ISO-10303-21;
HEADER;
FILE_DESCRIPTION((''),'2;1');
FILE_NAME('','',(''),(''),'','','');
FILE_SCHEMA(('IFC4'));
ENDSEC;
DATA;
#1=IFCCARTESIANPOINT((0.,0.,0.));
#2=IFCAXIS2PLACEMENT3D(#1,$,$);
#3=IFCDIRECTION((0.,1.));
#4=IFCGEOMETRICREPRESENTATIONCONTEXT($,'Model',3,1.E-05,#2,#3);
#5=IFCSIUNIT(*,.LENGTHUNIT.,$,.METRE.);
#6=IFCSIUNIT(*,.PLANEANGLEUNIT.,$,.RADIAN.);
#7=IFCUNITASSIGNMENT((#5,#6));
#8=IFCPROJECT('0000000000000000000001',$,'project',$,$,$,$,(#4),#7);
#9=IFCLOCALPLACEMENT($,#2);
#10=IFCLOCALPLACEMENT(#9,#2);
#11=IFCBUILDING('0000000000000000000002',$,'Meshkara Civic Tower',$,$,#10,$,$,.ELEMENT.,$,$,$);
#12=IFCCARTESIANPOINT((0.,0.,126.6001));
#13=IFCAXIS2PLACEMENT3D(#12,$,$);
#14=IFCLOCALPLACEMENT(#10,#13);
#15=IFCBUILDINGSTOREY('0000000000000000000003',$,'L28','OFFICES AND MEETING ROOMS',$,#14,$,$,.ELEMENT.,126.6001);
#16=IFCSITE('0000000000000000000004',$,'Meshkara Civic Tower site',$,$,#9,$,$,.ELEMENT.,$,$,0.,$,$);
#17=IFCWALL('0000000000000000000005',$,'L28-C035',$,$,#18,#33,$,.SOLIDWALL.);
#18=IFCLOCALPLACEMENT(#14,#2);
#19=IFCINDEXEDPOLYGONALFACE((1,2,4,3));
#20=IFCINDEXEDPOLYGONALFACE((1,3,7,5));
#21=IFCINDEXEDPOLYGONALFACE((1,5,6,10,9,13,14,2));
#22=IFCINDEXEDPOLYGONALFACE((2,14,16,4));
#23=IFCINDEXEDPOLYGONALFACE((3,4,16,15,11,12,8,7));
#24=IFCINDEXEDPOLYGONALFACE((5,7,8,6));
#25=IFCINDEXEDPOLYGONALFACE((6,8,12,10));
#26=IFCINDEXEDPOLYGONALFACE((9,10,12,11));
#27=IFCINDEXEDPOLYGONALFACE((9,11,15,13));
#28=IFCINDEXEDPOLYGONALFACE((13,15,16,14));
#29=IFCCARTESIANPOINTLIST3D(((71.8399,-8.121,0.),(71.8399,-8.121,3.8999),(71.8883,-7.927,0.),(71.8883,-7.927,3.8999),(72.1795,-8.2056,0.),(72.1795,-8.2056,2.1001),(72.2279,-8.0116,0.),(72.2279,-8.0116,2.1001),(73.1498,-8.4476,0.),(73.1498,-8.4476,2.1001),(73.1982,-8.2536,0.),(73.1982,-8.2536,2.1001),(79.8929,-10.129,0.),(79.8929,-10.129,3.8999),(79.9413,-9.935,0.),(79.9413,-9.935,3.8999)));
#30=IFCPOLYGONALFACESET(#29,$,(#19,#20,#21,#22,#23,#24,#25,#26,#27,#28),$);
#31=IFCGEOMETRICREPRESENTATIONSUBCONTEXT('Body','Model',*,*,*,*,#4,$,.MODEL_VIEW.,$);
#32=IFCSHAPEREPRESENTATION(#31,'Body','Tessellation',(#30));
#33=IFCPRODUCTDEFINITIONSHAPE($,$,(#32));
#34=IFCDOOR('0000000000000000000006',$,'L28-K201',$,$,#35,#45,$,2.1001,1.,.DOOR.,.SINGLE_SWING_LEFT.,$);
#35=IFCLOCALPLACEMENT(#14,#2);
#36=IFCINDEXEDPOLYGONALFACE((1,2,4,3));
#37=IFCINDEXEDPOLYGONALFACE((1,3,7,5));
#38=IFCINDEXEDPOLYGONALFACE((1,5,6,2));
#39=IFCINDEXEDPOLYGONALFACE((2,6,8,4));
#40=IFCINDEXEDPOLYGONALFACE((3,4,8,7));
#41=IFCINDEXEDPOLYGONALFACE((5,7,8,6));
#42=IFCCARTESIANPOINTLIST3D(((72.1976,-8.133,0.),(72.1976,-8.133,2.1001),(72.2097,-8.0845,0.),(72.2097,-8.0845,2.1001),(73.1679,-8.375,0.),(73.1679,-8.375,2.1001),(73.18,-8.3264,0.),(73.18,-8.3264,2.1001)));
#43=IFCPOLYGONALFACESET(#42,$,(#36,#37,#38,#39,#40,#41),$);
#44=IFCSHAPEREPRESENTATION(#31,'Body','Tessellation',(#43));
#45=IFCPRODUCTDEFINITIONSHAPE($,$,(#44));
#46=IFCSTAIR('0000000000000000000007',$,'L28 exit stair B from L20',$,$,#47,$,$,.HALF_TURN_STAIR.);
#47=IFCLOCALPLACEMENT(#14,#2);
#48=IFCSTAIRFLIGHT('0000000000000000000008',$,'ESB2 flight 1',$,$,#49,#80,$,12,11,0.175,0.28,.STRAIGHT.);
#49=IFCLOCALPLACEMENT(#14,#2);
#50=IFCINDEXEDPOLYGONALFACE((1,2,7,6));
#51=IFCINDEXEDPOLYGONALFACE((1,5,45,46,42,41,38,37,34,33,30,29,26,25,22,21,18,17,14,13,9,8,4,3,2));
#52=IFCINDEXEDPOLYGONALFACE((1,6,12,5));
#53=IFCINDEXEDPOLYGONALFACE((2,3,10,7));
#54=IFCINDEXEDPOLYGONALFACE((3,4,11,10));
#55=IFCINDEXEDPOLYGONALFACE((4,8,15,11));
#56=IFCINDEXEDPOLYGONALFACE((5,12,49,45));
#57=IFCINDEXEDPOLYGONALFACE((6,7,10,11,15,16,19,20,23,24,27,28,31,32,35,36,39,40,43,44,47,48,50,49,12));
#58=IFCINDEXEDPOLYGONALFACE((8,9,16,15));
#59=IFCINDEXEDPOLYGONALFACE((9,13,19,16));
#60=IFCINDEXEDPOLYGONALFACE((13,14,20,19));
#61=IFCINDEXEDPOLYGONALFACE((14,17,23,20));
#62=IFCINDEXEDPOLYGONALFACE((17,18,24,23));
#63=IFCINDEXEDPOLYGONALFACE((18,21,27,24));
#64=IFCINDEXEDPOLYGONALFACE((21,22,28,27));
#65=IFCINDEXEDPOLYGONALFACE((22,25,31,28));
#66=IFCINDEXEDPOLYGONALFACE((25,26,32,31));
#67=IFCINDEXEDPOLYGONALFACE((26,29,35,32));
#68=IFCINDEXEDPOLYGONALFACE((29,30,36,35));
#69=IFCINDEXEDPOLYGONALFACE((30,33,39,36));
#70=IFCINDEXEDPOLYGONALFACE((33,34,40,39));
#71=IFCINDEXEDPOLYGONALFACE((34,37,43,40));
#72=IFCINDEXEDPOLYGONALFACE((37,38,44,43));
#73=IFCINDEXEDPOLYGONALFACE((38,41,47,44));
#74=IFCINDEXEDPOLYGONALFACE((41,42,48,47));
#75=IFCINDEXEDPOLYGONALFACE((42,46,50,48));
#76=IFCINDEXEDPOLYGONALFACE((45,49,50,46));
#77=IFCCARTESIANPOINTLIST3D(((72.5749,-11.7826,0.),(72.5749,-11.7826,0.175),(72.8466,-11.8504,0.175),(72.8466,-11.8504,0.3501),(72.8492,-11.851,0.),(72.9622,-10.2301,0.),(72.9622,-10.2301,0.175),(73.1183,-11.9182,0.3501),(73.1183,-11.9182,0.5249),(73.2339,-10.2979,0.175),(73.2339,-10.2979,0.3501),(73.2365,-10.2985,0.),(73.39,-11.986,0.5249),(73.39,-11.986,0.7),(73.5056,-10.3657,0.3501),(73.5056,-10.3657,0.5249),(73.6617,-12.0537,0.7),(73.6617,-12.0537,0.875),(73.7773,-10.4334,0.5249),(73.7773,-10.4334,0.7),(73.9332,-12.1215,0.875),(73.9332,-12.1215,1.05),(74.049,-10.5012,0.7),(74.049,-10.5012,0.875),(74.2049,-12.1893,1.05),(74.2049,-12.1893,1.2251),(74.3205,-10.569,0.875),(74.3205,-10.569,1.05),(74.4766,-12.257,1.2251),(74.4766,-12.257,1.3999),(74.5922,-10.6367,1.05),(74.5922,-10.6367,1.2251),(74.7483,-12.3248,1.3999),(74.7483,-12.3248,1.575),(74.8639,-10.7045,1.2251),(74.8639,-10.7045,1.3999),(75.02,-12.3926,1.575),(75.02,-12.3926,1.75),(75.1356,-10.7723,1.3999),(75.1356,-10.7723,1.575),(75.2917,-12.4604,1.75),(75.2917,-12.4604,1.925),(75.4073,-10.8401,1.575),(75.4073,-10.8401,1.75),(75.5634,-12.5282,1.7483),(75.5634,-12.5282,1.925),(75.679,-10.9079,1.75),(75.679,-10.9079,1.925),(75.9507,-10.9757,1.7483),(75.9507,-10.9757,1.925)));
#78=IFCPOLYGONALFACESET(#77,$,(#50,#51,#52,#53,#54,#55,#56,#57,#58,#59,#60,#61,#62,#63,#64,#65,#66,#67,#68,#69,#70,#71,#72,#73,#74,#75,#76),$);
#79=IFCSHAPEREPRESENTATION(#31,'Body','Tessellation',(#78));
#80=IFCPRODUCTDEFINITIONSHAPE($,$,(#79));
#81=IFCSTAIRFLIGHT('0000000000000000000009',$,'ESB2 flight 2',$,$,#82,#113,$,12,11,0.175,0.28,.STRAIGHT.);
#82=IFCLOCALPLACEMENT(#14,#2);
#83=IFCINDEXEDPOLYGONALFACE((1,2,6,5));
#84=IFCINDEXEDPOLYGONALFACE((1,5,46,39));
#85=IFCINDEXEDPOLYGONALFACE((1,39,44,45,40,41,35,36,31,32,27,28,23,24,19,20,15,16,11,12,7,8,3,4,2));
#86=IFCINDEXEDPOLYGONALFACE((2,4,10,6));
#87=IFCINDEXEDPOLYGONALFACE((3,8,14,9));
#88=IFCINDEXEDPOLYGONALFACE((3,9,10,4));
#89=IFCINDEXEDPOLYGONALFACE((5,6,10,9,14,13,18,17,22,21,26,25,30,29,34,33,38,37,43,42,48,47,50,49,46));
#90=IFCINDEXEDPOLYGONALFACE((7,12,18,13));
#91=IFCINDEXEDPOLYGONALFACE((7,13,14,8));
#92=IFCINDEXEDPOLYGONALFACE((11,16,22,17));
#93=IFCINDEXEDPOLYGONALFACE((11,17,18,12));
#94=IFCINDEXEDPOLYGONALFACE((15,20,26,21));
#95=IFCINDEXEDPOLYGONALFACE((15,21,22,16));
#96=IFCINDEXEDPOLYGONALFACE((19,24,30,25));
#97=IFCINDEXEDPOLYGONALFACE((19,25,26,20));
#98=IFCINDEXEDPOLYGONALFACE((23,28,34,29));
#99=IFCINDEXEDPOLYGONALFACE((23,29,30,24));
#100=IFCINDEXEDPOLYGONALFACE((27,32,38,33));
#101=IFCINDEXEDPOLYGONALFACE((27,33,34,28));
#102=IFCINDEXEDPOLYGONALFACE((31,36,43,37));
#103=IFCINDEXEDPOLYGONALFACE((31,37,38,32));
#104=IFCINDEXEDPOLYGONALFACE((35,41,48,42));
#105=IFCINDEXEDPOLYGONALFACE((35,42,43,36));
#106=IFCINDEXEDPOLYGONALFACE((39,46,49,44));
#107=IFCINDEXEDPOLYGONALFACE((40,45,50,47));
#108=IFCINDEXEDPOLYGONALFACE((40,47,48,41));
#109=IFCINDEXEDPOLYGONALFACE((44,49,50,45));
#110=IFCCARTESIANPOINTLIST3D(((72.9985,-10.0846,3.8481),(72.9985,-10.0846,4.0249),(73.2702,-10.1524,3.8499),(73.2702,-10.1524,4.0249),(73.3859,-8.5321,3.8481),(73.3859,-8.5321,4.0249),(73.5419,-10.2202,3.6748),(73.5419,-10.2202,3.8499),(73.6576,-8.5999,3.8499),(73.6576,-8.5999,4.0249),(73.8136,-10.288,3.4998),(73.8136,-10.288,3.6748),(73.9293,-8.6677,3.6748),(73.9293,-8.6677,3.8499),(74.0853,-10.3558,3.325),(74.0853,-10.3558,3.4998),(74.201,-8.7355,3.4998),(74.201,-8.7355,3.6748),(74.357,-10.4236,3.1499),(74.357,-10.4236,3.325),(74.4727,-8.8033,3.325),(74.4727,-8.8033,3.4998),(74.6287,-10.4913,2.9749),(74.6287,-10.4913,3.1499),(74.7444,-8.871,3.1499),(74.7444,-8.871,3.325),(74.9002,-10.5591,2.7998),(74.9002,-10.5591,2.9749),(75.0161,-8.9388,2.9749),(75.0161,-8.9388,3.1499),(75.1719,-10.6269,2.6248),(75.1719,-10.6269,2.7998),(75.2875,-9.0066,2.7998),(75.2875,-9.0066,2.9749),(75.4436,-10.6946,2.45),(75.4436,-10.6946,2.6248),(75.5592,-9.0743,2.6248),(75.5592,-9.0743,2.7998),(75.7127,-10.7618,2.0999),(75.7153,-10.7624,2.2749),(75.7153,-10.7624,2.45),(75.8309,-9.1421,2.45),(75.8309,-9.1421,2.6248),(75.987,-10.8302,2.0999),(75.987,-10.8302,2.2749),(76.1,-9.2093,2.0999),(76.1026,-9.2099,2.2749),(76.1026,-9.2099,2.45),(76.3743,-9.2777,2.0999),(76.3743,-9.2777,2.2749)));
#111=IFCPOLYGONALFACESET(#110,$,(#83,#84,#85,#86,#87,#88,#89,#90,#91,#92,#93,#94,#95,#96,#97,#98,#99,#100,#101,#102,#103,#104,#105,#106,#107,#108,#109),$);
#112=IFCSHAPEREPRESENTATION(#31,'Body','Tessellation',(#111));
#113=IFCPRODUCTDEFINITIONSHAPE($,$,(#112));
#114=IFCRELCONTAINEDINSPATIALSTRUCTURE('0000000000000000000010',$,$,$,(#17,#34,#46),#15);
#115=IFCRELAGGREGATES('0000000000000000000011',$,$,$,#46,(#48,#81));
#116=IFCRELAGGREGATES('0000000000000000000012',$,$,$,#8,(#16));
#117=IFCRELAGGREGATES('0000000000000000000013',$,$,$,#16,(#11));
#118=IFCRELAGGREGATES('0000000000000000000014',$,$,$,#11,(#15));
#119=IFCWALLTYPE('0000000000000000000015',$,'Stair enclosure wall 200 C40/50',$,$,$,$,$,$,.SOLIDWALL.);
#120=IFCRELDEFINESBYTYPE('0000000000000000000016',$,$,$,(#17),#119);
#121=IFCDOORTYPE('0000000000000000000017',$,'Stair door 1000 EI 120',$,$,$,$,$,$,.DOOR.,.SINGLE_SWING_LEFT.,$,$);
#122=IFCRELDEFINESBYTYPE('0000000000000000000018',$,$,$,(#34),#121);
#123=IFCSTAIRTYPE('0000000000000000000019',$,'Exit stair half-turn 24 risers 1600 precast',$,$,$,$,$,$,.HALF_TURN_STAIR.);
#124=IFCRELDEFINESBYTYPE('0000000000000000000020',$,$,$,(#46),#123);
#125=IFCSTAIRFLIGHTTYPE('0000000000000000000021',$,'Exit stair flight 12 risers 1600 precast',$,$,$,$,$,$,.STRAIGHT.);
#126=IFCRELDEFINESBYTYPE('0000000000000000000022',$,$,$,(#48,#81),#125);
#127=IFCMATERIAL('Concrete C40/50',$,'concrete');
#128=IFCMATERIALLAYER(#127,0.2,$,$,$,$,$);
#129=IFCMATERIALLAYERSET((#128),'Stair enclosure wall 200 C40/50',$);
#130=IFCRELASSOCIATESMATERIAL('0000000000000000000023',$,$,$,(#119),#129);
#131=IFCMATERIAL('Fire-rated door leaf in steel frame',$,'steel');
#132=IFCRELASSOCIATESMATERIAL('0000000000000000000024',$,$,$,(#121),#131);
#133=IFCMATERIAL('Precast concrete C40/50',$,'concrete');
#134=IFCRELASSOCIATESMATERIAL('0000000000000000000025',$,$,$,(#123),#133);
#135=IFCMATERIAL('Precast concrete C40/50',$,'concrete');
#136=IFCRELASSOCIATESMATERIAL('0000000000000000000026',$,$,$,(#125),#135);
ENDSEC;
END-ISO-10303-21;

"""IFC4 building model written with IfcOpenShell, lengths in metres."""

from ifc_helpers import new_model, si_unit, direction, frame, frame_2d, origin, place, context, subcontext, project, spatial, polyline, rectangle, outline, extrude, material, layer, layer_set, type_object, element, fill, aggregate, save


model = new_model("IFC4")

# Units and contexts
model_context = context("Model", 3, precision=1e-05, world=origin(), true_north=direction((0.0, 1.0)))
body_context = subcontext(model_context, "Body", "Model", "MODEL_VIEW")
ifc_project = project(units=[si_unit("LENGTHUNIT", "METRE"), si_unit("PLANEANGLEUNIT", "RADIAN")], contexts=[model_context])

# Site, building, storey
site_placement = place(None, origin())
site = spatial("IfcSite", under=ifc_project, at=site_placement, Name="Meshkara Civic Tower site", CompositionType="ELEMENT", RefElevation=0.0)
building_placement = place(site_placement, origin())
building = spatial("IfcBuilding", under=site, at=building_placement, Name="Meshkara Civic Tower", CompositionType="ELEMENT")
storey_placement = place(building_placement, frame((0.0, 0.0, 126.6001)))
storey = spatial("IfcBuildingStorey", under=building, at=storey_placement, Name="L28", Description="OFFICES AND MEETING ROOMS", CompositionType="ELEMENT", Elevation=126.6001)

# Wall, opening, door
ifc_material_1 = material(Name="Concrete C40/50", Category="concrete")
ifc_layer_1 = layer(ifc_material_1, 0.2)
ifc_layer_set_1 = layer_set([ifc_layer_1], Name="Stair enclosure wall 200 C40/50")
wall_type_1 = type_object("IfcWallType", Name="Stair enclosure wall 200 C40/50", PredefinedType="SOLIDWALL", material=ifc_layer_set_1)
wall_1_placement = place(storey_placement, frame((71.864, -8.0239, 0.0), z_axis=(0.0, 0.0, 1.0), x_axis=(0.970289, -0.241947, 0.0)))
wall_1 = element("IfcWall", 1, at=wall_1_placement, inside=storey, type_object=wall_type_1, Name="L28-C035", PredefinedType="SOLIDWALL", context=body_context, shape_type="SweptSolid", body=[
    extrude(rectangle(XDim=8.2996, YDim=0.2, at=frame_2d((4.1499, 0.0))), origin(), (0.0, 0.0, 1.0), 3.8999),
])
opening_1_placement = place(wall_1_placement, frame((0.3501, 0.0, 0.0)))
opening_1 = element("IfcOpeningElement", 2, at=opening_1_placement, cuts=wall_1, PredefinedType="OPENING", context=body_context, shape_type="SweptSolid", body=[
    extrude(rectangle(XDim=1.0, YDim=2.1001, at=frame_2d((0.5, 1.05))), frame((0.0, 0.1099, 0.0), z_axis=(0.0, -1.0, 0.0), x_axis=(1.0, 0.0, 0.0)), (0.0, 0.0, 1.0), 0.22),
])
ifc_material_2 = material(Name="Fire-rated door leaf in steel frame", Category="steel")
door_type_1 = type_object("IfcDoorType", Name="Stair door 1000 EI 120", OperationType="SINGLE_SWING_LEFT", PredefinedType="DOOR", material=ifc_material_2)
door_1_placement = place(opening_1_placement, origin())
door_1 = element("IfcDoor", 3, at=door_1_placement, inside=storey, type_object=door_type_1, Name="L28-K201", OperationType="SINGLE_SWING_LEFT", OverallHeight=2.1001, OverallWidth=1.0, PredefinedType="DOOR", context=body_context, shape_type="SweptSolid", body=[
    extrude(rectangle(XDim=1.0, YDim=2.1001, at=frame_2d((0.5, 1.05))), frame((0.0, 0.0249, 0.0), z_axis=(0.0, -1.0, 0.0), x_axis=(1.0, 0.0, 0.0)), (0.0, 0.0, 1.0), 0.05),
])
fill(opening_1, door_1)

# Stair, stair flights
ifc_material_3 = material(Name="Precast concrete C40/50", Category="concrete")
stair_type = type_object("IfcStairType", Name="Exit stair half-turn 24 risers 1600 precast", PredefinedType="HALF_TURN_STAIR", material=ifc_material_3)
stair_placement = place(storey_placement, origin())
stair = element("IfcStair", 4, at=stair_placement, inside=storey, type_object=stair_type, Name="L28 exit stair B from L20", PredefinedType="HALF_TURN_STAIR")
ifc_material_4 = material(Name="Precast concrete C40/50", Category="concrete")
stair_flight_type = type_object("IfcStairFlightType", Name="Exit stair flight 12 risers 1600 precast", PredefinedType="STRAIGHT", material=ifc_material_4)
stair_flight_1_placement = place(storey_placement, frame((72.7686, -11.0063, 0.0), z_axis=(0.0, 0.0, 1.0), x_axis=(0.97026, -0.242065, 0.0)))
stair_flight_1 = element("IfcStairFlight", 5, at=stair_flight_1_placement, type_object=stair_flight_type, Name="ESB2 flight 1", NumberOfRisers=12, NumberOfTreads=11, PredefinedType="STRAIGHT", RiserHeight=0.175, TreadLength=0.28, context=body_context, shape_type="SweptSolid", body=[
    extrude(outline(polyline([(0.0, 0.0), (0.0, 0.175), (0.28, 0.175), (0.28, 0.3501), (0.5601, 0.3501), (0.5601, 0.5249), (0.8401, 0.5249), (0.8401, 0.7), (1.1201, 0.7), (1.1201, 0.875), (1.3999, 0.875), (1.3999, 1.05), (1.6799, 1.05), (1.6799, 1.2251), (1.96, 1.2251), (1.96, 1.3999), (2.24, 1.3999), (2.24, 1.575), (2.52, 1.575), (2.52, 1.75), (2.8, 1.75), (2.8, 1.925), (3.0801, 1.925), (3.0801, 2.1001), (3.0801, 1.7483), (0.2827, 0.0), (0.0, 0.0)])), frame((0.0, 0.8, 0.0), z_axis=(0.0, -1.0, 0.0), x_axis=(1.0, 0.0, 0.0)), (0.0, 0.0, 1.0), 1.6001),
])
stair_flight_2_placement = place(storey_placement, frame((76.1807, -10.054, 2.0999), z_axis=(0.0, 0.0, 1.0), x_axis=(-0.97026, 0.242065, 0.0)))
stair_flight_2 = element("IfcStairFlight", 6, at=stair_flight_2_placement, type_object=stair_flight_type, Name="ESB2 flight 2", NumberOfRisers=12, NumberOfTreads=11, PredefinedType="STRAIGHT", RiserHeight=0.175, TreadLength=0.28, context=body_context, shape_type="SweptSolid", body=[
    extrude(outline(polyline([(0.0, 0.0), (0.0, 0.175), (0.28, 0.175), (0.28, 0.3501), (0.5601, 0.3501), (0.5601, 0.5249), (0.8401, 0.5249), (0.8401, 0.7), (1.1201, 0.7), (1.1201, 0.875), (1.3999, 0.875), (1.3999, 1.05), (1.6799, 1.05), (1.6799, 1.2251), (1.96, 1.2251), (1.96, 1.3999), (2.24, 1.3999), (2.24, 1.575), (2.52, 1.575), (2.52, 1.75), (2.8, 1.75), (2.8, 1.925), (3.0801, 1.925), (3.0801, 2.1001), (3.0801, 1.7483), (0.2827, 0.0), (0.0, 0.0)])), frame((0.0, 0.8, 0.0), z_axis=(0.0, -1.0, 0.0), x_axis=(1.0, 0.0, 0.0)), (0.0, 0.0, 1.0), 1.6001),
])
aggregate(stair, [stair_flight_1, stair_flight_2])

save(model, "model.ifc")
